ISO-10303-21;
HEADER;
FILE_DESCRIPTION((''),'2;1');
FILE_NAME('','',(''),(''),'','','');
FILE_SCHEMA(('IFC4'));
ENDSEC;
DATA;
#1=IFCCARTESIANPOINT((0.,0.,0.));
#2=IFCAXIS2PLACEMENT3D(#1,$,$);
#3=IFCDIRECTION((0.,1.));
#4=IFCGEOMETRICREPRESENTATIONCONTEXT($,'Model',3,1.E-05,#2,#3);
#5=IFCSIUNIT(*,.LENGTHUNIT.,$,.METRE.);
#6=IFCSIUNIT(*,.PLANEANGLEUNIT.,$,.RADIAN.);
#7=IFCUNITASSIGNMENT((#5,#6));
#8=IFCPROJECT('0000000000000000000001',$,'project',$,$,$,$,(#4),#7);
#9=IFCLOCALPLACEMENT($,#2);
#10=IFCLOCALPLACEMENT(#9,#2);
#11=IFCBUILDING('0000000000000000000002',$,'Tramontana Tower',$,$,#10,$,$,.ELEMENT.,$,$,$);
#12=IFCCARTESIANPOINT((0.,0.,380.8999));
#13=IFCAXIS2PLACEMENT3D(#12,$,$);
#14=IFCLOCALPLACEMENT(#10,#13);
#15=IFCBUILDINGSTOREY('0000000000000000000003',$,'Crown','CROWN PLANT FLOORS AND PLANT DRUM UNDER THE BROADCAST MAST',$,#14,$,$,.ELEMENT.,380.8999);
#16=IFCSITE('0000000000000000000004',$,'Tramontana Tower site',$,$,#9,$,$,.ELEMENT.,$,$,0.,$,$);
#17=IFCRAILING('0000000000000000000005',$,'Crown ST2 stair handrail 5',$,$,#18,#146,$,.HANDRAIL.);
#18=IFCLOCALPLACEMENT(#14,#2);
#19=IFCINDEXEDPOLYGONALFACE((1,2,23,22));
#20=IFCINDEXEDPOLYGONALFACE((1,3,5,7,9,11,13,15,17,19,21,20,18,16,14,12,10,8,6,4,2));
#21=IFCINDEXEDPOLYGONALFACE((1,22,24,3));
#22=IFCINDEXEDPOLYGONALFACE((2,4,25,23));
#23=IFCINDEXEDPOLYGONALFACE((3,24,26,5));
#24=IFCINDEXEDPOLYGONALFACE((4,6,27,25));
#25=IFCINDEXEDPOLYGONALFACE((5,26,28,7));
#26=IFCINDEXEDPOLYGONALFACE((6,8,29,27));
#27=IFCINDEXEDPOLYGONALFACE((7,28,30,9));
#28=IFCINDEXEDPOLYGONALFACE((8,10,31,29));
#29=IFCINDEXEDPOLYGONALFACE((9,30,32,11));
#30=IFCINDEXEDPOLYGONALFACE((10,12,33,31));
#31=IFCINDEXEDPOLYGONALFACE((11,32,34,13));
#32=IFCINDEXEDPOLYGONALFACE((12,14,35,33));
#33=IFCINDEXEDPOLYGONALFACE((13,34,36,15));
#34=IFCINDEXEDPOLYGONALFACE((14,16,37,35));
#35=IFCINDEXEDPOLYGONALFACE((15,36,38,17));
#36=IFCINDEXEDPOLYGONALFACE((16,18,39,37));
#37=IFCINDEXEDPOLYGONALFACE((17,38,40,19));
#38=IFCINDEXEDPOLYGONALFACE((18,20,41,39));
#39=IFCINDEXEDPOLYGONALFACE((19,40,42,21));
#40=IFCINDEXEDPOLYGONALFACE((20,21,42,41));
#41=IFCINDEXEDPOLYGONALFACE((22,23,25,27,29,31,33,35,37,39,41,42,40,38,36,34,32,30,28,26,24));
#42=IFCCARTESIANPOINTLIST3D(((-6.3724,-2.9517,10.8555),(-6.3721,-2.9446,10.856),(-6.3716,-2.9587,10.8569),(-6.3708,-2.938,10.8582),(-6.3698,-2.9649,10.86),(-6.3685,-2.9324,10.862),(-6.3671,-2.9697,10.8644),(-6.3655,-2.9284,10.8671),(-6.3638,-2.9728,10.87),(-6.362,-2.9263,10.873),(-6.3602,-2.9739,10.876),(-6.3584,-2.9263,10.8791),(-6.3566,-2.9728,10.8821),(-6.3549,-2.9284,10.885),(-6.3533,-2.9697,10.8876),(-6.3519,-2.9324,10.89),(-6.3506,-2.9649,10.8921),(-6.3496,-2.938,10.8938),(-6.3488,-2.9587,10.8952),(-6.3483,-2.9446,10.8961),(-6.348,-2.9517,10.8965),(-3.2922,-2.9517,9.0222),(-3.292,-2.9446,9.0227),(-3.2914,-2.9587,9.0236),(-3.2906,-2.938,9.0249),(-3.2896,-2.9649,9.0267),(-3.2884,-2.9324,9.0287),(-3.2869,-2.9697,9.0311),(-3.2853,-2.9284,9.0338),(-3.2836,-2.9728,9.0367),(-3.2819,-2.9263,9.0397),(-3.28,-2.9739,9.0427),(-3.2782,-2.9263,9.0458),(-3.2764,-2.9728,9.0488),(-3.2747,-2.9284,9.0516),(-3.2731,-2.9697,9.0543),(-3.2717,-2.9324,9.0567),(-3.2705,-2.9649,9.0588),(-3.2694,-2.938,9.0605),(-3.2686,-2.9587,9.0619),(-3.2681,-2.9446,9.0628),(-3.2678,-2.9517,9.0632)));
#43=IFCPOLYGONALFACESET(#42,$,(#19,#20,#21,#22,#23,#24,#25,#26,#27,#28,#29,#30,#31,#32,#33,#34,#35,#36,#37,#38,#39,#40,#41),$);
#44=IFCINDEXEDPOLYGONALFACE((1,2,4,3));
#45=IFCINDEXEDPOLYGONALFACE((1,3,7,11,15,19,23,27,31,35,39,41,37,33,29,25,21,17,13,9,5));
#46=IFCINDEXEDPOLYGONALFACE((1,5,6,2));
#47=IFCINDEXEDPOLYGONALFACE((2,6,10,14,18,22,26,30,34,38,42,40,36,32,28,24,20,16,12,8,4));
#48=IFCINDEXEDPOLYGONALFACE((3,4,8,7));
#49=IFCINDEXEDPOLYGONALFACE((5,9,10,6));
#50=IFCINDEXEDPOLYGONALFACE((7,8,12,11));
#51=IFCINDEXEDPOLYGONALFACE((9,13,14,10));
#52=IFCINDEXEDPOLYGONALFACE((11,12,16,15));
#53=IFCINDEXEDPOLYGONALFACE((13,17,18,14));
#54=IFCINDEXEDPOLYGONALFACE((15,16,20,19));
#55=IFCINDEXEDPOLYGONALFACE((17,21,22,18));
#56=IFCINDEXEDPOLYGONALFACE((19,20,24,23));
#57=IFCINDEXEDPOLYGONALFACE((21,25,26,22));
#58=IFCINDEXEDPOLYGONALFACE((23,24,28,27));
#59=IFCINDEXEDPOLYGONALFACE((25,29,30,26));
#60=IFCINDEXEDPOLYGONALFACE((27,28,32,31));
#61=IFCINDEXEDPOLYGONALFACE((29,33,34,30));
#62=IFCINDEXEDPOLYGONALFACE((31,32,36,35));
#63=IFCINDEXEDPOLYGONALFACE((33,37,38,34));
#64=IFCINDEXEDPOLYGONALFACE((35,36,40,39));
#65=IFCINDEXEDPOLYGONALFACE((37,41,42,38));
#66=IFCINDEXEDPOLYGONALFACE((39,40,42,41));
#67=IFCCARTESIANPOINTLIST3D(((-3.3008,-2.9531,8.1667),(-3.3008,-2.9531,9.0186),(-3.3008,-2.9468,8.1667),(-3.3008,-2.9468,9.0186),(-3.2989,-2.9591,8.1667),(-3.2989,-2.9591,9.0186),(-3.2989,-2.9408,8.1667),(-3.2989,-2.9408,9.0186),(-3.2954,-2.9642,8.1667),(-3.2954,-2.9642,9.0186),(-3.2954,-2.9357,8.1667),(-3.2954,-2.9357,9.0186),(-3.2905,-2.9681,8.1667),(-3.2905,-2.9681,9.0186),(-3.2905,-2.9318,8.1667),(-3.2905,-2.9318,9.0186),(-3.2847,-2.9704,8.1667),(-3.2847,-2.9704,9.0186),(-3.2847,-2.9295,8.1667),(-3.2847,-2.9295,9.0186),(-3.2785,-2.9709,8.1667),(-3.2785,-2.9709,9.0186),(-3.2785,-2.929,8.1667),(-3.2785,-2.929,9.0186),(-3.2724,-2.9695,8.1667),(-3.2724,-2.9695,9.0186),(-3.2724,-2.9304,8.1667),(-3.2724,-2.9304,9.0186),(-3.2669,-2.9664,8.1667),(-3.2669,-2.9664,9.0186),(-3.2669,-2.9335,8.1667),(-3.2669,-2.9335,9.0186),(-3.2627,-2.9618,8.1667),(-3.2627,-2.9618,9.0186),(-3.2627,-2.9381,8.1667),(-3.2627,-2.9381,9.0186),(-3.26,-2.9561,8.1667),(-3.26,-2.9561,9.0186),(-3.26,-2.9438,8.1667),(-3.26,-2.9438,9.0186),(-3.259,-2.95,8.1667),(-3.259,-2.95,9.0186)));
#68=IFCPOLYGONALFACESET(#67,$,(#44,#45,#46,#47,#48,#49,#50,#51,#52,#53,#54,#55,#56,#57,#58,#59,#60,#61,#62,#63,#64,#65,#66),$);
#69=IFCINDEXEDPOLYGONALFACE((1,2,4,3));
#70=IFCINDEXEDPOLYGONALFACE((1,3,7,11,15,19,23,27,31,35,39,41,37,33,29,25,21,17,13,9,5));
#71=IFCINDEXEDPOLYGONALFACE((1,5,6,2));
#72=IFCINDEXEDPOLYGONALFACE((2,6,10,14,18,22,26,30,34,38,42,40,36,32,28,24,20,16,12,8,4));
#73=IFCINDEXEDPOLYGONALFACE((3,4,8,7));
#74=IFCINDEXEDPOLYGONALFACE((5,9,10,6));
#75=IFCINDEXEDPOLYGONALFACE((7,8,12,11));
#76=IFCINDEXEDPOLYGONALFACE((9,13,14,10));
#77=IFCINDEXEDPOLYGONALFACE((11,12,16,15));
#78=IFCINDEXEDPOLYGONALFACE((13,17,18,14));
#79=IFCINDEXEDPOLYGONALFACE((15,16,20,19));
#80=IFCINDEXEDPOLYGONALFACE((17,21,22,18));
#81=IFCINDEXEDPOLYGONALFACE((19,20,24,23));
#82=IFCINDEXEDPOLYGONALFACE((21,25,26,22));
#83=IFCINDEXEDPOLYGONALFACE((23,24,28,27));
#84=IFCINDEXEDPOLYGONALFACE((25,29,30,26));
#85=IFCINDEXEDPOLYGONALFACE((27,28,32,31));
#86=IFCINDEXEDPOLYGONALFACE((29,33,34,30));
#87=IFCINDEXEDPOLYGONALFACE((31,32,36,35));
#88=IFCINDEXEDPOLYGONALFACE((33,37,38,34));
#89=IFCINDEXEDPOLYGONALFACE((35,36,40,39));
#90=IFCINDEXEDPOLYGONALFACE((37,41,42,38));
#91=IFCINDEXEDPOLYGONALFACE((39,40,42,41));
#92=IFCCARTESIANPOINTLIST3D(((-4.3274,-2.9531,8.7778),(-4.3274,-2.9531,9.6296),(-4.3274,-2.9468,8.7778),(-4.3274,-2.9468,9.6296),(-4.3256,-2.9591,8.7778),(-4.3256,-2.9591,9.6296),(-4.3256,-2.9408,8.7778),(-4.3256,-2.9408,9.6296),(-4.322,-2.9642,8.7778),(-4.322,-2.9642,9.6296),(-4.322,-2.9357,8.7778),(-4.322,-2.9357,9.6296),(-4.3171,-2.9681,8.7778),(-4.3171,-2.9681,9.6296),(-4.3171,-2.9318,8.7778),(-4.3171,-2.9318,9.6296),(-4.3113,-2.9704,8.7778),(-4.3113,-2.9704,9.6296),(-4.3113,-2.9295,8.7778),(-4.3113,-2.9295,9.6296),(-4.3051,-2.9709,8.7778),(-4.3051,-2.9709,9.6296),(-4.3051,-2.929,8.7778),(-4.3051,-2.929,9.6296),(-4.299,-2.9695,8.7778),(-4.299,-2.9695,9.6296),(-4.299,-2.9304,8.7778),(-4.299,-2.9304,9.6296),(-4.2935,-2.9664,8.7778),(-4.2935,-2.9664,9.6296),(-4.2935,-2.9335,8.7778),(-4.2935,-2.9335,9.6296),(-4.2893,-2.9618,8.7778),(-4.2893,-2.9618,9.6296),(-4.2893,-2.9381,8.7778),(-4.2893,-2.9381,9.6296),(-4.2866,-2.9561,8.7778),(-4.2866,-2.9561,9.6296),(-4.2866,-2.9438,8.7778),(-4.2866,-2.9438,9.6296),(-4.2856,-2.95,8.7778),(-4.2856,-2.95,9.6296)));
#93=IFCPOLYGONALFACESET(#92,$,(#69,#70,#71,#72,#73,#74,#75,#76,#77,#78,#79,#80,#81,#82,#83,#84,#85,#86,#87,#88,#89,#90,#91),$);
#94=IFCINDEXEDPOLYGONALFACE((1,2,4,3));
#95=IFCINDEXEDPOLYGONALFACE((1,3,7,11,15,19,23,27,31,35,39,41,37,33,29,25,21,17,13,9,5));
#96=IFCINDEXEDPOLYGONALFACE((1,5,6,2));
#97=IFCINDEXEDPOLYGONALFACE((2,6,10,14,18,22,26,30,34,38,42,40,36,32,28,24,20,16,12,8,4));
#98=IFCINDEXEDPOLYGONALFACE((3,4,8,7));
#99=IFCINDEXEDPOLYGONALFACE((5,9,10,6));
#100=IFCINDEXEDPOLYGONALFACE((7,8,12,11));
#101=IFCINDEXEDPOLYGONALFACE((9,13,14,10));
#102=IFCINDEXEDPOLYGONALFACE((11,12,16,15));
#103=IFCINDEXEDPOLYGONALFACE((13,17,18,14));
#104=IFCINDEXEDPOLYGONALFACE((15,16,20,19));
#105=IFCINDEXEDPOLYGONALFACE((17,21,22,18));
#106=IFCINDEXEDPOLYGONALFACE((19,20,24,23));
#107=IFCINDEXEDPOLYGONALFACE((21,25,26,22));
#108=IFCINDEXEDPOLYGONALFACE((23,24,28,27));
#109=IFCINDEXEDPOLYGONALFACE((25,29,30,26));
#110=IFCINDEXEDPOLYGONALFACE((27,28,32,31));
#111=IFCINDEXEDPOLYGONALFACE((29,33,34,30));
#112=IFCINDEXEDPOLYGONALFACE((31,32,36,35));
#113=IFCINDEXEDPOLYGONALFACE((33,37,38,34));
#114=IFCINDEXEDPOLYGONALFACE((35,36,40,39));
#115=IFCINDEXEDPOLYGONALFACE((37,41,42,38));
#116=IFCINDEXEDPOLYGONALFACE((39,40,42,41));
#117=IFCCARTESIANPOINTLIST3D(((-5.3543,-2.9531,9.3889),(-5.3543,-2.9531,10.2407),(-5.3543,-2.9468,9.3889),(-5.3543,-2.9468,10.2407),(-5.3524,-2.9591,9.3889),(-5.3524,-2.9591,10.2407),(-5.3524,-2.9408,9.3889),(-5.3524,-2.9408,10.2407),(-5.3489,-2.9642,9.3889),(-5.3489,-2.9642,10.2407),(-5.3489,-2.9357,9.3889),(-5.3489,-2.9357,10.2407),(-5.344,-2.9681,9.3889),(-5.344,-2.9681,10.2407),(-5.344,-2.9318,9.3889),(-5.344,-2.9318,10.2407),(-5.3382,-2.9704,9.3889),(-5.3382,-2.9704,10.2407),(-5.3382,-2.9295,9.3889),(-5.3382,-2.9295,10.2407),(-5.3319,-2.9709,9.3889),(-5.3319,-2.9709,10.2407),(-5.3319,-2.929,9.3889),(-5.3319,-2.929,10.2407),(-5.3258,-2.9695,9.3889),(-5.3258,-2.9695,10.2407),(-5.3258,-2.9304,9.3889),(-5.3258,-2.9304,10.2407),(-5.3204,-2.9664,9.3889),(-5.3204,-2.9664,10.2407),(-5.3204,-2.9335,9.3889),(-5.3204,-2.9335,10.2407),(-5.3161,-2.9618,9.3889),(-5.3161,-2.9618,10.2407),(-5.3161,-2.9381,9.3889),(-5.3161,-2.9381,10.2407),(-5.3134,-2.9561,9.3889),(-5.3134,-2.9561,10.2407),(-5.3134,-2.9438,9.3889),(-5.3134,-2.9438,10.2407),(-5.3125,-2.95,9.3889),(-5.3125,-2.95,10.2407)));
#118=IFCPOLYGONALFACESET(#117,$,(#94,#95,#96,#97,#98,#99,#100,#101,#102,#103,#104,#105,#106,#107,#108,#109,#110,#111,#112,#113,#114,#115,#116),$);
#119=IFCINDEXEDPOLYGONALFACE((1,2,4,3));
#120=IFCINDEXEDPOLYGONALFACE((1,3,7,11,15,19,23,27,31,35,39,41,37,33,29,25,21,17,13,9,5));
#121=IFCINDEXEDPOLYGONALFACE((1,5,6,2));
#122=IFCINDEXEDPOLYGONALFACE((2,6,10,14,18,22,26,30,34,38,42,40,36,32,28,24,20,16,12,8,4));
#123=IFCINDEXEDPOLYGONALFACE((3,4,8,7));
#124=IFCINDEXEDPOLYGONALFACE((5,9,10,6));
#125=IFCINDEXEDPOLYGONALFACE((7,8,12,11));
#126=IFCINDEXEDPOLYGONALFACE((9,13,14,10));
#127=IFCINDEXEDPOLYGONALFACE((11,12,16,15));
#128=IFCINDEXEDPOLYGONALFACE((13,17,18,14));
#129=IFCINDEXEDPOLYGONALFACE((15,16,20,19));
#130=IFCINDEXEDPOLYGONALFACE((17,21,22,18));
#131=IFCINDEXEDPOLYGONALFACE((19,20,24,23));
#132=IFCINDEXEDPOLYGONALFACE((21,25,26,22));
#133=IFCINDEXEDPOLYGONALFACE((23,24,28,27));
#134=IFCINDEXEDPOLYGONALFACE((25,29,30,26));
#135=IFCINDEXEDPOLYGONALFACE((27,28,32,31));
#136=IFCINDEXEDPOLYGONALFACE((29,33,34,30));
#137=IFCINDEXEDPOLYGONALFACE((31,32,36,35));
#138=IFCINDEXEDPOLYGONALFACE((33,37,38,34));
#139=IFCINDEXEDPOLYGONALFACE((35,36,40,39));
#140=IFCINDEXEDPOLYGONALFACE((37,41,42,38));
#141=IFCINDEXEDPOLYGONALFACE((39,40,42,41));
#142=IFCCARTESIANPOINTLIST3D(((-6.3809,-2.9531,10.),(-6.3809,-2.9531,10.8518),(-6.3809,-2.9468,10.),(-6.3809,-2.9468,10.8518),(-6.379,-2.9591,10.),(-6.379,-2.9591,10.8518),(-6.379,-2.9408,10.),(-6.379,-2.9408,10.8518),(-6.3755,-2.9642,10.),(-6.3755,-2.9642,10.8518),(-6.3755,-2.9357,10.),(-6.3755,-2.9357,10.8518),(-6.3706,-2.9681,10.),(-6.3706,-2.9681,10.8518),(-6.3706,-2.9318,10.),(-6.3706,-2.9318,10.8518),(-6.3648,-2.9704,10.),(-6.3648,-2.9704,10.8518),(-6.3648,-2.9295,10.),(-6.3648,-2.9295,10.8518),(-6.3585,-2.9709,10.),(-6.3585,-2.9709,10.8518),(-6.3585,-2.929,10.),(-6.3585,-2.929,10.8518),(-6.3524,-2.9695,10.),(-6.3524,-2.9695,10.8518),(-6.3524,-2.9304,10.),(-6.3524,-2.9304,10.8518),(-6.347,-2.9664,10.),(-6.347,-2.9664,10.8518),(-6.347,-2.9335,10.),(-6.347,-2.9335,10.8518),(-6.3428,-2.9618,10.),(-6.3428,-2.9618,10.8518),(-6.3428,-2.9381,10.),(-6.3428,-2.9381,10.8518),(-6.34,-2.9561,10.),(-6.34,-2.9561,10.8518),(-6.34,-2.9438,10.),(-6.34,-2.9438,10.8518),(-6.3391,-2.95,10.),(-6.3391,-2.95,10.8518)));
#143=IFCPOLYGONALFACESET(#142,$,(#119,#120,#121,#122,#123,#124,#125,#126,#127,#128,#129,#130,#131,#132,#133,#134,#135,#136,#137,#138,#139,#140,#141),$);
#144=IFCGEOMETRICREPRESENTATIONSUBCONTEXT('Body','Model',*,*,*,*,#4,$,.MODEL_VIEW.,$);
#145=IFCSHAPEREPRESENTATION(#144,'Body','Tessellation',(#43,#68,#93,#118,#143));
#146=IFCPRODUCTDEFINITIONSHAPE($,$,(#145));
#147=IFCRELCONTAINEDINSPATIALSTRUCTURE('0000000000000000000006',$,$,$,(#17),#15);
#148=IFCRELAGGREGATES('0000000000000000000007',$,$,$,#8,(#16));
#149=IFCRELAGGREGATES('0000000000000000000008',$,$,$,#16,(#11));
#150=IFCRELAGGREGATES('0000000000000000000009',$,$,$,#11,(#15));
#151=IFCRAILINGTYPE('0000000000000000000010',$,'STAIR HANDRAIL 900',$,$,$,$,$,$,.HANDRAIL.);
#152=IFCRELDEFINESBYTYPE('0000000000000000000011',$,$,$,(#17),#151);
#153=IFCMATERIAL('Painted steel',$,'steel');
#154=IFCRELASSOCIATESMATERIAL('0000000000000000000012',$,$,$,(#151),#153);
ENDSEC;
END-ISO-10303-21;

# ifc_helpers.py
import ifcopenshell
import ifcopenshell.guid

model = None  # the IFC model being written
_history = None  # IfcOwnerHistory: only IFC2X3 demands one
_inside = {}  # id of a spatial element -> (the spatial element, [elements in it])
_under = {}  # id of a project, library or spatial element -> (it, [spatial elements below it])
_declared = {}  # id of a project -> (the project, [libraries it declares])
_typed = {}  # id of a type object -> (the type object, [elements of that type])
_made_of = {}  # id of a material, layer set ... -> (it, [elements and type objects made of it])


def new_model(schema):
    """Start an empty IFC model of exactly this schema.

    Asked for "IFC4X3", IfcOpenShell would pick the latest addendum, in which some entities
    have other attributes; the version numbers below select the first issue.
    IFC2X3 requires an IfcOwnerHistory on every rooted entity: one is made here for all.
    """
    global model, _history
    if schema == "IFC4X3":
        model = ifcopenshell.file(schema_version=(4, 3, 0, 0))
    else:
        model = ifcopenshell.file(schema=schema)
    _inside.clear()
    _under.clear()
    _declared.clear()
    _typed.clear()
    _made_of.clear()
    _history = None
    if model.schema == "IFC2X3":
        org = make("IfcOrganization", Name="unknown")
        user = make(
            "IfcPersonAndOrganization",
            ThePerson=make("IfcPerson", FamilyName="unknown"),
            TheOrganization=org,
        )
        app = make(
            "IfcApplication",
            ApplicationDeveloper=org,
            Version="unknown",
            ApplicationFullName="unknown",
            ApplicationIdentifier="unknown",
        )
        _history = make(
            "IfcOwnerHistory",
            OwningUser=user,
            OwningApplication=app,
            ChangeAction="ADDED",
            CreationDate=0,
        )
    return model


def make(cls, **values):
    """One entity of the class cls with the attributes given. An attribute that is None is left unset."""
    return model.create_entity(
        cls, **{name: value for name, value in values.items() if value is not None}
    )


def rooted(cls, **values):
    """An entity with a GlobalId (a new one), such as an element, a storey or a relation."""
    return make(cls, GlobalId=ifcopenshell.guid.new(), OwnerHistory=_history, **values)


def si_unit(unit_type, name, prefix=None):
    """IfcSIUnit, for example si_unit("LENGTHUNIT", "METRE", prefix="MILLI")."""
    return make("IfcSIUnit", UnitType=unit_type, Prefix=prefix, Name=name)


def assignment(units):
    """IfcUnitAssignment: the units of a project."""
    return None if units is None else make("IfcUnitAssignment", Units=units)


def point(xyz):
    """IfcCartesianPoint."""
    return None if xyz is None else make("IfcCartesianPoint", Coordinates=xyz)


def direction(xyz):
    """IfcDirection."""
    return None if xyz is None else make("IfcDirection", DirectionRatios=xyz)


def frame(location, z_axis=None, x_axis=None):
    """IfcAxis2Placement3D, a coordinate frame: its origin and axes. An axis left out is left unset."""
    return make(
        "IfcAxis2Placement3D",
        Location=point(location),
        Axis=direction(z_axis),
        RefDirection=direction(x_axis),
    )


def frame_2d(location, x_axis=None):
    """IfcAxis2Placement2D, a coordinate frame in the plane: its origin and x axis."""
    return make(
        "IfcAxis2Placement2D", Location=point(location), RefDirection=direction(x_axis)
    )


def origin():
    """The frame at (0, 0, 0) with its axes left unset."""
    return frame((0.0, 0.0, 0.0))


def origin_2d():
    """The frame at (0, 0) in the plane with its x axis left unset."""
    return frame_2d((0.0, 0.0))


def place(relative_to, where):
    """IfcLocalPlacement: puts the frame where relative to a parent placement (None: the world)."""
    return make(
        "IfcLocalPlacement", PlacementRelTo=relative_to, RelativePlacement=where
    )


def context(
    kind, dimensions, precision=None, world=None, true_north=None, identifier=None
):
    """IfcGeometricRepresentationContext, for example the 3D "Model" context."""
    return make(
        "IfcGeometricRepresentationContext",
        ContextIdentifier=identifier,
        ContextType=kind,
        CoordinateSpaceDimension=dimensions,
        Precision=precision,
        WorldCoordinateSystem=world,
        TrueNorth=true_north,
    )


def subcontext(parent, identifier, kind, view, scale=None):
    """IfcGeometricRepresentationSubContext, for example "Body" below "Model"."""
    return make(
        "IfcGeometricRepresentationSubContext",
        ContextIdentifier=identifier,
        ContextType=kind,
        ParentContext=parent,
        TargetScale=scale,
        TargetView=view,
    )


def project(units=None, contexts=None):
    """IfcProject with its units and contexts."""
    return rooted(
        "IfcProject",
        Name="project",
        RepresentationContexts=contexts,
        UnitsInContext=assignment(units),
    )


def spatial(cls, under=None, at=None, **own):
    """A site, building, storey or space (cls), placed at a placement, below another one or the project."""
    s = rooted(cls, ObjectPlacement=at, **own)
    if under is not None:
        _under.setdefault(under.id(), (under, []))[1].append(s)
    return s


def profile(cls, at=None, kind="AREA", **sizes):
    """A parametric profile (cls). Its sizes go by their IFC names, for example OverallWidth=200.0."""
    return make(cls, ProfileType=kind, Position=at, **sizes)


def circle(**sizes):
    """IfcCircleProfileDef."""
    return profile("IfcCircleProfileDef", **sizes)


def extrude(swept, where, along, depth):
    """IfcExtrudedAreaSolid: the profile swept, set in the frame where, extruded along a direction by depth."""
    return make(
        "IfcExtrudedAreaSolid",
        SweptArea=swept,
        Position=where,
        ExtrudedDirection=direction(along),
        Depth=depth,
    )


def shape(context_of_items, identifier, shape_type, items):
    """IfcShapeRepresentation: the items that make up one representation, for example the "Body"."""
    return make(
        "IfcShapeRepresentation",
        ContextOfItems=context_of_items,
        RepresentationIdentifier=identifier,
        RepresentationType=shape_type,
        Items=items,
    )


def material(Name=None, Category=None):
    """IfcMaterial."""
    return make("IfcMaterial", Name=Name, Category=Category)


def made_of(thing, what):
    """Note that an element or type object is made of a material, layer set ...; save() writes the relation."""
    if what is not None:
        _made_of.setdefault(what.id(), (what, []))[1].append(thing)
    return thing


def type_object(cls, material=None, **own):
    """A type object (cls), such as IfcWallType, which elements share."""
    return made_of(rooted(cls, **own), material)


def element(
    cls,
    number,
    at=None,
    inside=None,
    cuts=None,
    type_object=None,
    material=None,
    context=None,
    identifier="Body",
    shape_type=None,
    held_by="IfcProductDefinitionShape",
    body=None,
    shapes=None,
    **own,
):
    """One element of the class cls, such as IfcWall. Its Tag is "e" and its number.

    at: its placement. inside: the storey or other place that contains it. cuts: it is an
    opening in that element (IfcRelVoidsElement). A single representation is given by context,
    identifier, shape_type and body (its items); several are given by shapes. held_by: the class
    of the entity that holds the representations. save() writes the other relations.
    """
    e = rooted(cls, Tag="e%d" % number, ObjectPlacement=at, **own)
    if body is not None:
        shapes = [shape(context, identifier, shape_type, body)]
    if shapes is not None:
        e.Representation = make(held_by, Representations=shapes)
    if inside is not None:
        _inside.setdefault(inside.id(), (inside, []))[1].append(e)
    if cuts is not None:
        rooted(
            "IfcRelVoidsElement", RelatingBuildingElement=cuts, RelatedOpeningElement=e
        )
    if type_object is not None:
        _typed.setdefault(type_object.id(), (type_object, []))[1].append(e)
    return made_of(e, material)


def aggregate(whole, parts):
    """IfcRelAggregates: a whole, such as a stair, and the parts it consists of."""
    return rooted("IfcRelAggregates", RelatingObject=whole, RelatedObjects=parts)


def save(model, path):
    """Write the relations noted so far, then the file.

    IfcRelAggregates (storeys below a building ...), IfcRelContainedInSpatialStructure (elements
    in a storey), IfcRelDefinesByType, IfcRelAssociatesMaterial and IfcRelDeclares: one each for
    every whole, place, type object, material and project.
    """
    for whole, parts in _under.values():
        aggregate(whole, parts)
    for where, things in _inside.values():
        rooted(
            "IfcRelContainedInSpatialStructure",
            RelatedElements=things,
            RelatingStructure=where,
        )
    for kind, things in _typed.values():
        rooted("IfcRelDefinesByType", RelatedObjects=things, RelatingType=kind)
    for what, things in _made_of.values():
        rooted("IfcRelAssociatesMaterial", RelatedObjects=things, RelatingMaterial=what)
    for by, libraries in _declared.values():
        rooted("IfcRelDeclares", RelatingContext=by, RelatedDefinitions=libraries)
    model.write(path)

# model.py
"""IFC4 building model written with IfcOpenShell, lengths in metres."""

from ifc_helpers import new_model, si_unit, direction, frame, origin, origin_2d, place, context, subcontext, project, spatial, circle, extrude, material, type_object, element, save


model = new_model("IFC4")

# Units and contexts
model_context = context("Model", 3, precision=1e-05, world=origin(), true_north=direction((0.0, 1.0)))
body_context = subcontext(model_context, "Body", "Model", "MODEL_VIEW")
ifc_project = project(units=[si_unit("LENGTHUNIT", "METRE"), si_unit("PLANEANGLEUNIT", "RADIAN")], contexts=[model_context])

# Site, building, storey
site_placement = place(None, origin())
site = spatial("IfcSite", under=ifc_project, at=site_placement, Name="Tramontana Tower site", CompositionType="ELEMENT", RefElevation=0.0)
building_placement = place(site_placement, origin())
building = spatial("IfcBuilding", under=site, at=building_placement, Name="Tramontana Tower", CompositionType="ELEMENT")
storey_placement = place(building_placement, frame((0.0, 0.0, 380.8999)))
storey = spatial("IfcBuildingStorey", under=building, at=storey_placement, Name="Crown", Description="CROWN PLANT FLOORS AND PLANT DRUM UNDER THE BROADCAST MAST", CompositionType="ELEMENT", Elevation=380.8999)

# Railing
ifc_material_1 = material(Name="Painted steel", Category="steel")
railing_type_1 = type_object("IfcRailingType", Name="STAIR HANDRAIL 900", PredefinedType="HANDRAIL", material=ifc_material_1)
for number, where, name in (
    (1, (-3.28, -2.95, 8.1667), "Crown ST2 stair handrail 5"),
):
    element("IfcRailing", number, at=place(storey_placement, frame(where)), inside=storey, type_object=railing_type_1, Name=name, PredefinedType="HANDRAIL", context=body_context, shape_type="SweptSolid", body=[
        extrude(circle(Radius=0.0239, at=origin_2d()), frame((0.0, 0.0, 0.876), z_axis=(-0.859309, 0.0, 0.511458), x_axis=(0.0, -1.0, 0.0)), (0.0, 0.0, 1.0), 3.5845),
        extrude(circle(Radius=0.021, at=origin_2d()), origin(), (0.0, 0.0, 1.0), 0.8518),
        extrude(circle(Radius=0.021, at=origin_2d()), frame((-1.0266, 0.0, 0.6111)), (0.0, 0.0, 1.0), 0.8518),
        extrude(circle(Radius=0.021, at=origin_2d()), frame((-2.0535, 0.0, 1.2222)), (0.0, 0.0, 1.0), 0.8518),
        extrude(circle(Radius=0.021, at=origin_2d()), frame((-3.0801, 0.0, 1.8333)), (0.0, 0.0, 1.0), 0.8518),
    ])

save(model, "model.ifc")
